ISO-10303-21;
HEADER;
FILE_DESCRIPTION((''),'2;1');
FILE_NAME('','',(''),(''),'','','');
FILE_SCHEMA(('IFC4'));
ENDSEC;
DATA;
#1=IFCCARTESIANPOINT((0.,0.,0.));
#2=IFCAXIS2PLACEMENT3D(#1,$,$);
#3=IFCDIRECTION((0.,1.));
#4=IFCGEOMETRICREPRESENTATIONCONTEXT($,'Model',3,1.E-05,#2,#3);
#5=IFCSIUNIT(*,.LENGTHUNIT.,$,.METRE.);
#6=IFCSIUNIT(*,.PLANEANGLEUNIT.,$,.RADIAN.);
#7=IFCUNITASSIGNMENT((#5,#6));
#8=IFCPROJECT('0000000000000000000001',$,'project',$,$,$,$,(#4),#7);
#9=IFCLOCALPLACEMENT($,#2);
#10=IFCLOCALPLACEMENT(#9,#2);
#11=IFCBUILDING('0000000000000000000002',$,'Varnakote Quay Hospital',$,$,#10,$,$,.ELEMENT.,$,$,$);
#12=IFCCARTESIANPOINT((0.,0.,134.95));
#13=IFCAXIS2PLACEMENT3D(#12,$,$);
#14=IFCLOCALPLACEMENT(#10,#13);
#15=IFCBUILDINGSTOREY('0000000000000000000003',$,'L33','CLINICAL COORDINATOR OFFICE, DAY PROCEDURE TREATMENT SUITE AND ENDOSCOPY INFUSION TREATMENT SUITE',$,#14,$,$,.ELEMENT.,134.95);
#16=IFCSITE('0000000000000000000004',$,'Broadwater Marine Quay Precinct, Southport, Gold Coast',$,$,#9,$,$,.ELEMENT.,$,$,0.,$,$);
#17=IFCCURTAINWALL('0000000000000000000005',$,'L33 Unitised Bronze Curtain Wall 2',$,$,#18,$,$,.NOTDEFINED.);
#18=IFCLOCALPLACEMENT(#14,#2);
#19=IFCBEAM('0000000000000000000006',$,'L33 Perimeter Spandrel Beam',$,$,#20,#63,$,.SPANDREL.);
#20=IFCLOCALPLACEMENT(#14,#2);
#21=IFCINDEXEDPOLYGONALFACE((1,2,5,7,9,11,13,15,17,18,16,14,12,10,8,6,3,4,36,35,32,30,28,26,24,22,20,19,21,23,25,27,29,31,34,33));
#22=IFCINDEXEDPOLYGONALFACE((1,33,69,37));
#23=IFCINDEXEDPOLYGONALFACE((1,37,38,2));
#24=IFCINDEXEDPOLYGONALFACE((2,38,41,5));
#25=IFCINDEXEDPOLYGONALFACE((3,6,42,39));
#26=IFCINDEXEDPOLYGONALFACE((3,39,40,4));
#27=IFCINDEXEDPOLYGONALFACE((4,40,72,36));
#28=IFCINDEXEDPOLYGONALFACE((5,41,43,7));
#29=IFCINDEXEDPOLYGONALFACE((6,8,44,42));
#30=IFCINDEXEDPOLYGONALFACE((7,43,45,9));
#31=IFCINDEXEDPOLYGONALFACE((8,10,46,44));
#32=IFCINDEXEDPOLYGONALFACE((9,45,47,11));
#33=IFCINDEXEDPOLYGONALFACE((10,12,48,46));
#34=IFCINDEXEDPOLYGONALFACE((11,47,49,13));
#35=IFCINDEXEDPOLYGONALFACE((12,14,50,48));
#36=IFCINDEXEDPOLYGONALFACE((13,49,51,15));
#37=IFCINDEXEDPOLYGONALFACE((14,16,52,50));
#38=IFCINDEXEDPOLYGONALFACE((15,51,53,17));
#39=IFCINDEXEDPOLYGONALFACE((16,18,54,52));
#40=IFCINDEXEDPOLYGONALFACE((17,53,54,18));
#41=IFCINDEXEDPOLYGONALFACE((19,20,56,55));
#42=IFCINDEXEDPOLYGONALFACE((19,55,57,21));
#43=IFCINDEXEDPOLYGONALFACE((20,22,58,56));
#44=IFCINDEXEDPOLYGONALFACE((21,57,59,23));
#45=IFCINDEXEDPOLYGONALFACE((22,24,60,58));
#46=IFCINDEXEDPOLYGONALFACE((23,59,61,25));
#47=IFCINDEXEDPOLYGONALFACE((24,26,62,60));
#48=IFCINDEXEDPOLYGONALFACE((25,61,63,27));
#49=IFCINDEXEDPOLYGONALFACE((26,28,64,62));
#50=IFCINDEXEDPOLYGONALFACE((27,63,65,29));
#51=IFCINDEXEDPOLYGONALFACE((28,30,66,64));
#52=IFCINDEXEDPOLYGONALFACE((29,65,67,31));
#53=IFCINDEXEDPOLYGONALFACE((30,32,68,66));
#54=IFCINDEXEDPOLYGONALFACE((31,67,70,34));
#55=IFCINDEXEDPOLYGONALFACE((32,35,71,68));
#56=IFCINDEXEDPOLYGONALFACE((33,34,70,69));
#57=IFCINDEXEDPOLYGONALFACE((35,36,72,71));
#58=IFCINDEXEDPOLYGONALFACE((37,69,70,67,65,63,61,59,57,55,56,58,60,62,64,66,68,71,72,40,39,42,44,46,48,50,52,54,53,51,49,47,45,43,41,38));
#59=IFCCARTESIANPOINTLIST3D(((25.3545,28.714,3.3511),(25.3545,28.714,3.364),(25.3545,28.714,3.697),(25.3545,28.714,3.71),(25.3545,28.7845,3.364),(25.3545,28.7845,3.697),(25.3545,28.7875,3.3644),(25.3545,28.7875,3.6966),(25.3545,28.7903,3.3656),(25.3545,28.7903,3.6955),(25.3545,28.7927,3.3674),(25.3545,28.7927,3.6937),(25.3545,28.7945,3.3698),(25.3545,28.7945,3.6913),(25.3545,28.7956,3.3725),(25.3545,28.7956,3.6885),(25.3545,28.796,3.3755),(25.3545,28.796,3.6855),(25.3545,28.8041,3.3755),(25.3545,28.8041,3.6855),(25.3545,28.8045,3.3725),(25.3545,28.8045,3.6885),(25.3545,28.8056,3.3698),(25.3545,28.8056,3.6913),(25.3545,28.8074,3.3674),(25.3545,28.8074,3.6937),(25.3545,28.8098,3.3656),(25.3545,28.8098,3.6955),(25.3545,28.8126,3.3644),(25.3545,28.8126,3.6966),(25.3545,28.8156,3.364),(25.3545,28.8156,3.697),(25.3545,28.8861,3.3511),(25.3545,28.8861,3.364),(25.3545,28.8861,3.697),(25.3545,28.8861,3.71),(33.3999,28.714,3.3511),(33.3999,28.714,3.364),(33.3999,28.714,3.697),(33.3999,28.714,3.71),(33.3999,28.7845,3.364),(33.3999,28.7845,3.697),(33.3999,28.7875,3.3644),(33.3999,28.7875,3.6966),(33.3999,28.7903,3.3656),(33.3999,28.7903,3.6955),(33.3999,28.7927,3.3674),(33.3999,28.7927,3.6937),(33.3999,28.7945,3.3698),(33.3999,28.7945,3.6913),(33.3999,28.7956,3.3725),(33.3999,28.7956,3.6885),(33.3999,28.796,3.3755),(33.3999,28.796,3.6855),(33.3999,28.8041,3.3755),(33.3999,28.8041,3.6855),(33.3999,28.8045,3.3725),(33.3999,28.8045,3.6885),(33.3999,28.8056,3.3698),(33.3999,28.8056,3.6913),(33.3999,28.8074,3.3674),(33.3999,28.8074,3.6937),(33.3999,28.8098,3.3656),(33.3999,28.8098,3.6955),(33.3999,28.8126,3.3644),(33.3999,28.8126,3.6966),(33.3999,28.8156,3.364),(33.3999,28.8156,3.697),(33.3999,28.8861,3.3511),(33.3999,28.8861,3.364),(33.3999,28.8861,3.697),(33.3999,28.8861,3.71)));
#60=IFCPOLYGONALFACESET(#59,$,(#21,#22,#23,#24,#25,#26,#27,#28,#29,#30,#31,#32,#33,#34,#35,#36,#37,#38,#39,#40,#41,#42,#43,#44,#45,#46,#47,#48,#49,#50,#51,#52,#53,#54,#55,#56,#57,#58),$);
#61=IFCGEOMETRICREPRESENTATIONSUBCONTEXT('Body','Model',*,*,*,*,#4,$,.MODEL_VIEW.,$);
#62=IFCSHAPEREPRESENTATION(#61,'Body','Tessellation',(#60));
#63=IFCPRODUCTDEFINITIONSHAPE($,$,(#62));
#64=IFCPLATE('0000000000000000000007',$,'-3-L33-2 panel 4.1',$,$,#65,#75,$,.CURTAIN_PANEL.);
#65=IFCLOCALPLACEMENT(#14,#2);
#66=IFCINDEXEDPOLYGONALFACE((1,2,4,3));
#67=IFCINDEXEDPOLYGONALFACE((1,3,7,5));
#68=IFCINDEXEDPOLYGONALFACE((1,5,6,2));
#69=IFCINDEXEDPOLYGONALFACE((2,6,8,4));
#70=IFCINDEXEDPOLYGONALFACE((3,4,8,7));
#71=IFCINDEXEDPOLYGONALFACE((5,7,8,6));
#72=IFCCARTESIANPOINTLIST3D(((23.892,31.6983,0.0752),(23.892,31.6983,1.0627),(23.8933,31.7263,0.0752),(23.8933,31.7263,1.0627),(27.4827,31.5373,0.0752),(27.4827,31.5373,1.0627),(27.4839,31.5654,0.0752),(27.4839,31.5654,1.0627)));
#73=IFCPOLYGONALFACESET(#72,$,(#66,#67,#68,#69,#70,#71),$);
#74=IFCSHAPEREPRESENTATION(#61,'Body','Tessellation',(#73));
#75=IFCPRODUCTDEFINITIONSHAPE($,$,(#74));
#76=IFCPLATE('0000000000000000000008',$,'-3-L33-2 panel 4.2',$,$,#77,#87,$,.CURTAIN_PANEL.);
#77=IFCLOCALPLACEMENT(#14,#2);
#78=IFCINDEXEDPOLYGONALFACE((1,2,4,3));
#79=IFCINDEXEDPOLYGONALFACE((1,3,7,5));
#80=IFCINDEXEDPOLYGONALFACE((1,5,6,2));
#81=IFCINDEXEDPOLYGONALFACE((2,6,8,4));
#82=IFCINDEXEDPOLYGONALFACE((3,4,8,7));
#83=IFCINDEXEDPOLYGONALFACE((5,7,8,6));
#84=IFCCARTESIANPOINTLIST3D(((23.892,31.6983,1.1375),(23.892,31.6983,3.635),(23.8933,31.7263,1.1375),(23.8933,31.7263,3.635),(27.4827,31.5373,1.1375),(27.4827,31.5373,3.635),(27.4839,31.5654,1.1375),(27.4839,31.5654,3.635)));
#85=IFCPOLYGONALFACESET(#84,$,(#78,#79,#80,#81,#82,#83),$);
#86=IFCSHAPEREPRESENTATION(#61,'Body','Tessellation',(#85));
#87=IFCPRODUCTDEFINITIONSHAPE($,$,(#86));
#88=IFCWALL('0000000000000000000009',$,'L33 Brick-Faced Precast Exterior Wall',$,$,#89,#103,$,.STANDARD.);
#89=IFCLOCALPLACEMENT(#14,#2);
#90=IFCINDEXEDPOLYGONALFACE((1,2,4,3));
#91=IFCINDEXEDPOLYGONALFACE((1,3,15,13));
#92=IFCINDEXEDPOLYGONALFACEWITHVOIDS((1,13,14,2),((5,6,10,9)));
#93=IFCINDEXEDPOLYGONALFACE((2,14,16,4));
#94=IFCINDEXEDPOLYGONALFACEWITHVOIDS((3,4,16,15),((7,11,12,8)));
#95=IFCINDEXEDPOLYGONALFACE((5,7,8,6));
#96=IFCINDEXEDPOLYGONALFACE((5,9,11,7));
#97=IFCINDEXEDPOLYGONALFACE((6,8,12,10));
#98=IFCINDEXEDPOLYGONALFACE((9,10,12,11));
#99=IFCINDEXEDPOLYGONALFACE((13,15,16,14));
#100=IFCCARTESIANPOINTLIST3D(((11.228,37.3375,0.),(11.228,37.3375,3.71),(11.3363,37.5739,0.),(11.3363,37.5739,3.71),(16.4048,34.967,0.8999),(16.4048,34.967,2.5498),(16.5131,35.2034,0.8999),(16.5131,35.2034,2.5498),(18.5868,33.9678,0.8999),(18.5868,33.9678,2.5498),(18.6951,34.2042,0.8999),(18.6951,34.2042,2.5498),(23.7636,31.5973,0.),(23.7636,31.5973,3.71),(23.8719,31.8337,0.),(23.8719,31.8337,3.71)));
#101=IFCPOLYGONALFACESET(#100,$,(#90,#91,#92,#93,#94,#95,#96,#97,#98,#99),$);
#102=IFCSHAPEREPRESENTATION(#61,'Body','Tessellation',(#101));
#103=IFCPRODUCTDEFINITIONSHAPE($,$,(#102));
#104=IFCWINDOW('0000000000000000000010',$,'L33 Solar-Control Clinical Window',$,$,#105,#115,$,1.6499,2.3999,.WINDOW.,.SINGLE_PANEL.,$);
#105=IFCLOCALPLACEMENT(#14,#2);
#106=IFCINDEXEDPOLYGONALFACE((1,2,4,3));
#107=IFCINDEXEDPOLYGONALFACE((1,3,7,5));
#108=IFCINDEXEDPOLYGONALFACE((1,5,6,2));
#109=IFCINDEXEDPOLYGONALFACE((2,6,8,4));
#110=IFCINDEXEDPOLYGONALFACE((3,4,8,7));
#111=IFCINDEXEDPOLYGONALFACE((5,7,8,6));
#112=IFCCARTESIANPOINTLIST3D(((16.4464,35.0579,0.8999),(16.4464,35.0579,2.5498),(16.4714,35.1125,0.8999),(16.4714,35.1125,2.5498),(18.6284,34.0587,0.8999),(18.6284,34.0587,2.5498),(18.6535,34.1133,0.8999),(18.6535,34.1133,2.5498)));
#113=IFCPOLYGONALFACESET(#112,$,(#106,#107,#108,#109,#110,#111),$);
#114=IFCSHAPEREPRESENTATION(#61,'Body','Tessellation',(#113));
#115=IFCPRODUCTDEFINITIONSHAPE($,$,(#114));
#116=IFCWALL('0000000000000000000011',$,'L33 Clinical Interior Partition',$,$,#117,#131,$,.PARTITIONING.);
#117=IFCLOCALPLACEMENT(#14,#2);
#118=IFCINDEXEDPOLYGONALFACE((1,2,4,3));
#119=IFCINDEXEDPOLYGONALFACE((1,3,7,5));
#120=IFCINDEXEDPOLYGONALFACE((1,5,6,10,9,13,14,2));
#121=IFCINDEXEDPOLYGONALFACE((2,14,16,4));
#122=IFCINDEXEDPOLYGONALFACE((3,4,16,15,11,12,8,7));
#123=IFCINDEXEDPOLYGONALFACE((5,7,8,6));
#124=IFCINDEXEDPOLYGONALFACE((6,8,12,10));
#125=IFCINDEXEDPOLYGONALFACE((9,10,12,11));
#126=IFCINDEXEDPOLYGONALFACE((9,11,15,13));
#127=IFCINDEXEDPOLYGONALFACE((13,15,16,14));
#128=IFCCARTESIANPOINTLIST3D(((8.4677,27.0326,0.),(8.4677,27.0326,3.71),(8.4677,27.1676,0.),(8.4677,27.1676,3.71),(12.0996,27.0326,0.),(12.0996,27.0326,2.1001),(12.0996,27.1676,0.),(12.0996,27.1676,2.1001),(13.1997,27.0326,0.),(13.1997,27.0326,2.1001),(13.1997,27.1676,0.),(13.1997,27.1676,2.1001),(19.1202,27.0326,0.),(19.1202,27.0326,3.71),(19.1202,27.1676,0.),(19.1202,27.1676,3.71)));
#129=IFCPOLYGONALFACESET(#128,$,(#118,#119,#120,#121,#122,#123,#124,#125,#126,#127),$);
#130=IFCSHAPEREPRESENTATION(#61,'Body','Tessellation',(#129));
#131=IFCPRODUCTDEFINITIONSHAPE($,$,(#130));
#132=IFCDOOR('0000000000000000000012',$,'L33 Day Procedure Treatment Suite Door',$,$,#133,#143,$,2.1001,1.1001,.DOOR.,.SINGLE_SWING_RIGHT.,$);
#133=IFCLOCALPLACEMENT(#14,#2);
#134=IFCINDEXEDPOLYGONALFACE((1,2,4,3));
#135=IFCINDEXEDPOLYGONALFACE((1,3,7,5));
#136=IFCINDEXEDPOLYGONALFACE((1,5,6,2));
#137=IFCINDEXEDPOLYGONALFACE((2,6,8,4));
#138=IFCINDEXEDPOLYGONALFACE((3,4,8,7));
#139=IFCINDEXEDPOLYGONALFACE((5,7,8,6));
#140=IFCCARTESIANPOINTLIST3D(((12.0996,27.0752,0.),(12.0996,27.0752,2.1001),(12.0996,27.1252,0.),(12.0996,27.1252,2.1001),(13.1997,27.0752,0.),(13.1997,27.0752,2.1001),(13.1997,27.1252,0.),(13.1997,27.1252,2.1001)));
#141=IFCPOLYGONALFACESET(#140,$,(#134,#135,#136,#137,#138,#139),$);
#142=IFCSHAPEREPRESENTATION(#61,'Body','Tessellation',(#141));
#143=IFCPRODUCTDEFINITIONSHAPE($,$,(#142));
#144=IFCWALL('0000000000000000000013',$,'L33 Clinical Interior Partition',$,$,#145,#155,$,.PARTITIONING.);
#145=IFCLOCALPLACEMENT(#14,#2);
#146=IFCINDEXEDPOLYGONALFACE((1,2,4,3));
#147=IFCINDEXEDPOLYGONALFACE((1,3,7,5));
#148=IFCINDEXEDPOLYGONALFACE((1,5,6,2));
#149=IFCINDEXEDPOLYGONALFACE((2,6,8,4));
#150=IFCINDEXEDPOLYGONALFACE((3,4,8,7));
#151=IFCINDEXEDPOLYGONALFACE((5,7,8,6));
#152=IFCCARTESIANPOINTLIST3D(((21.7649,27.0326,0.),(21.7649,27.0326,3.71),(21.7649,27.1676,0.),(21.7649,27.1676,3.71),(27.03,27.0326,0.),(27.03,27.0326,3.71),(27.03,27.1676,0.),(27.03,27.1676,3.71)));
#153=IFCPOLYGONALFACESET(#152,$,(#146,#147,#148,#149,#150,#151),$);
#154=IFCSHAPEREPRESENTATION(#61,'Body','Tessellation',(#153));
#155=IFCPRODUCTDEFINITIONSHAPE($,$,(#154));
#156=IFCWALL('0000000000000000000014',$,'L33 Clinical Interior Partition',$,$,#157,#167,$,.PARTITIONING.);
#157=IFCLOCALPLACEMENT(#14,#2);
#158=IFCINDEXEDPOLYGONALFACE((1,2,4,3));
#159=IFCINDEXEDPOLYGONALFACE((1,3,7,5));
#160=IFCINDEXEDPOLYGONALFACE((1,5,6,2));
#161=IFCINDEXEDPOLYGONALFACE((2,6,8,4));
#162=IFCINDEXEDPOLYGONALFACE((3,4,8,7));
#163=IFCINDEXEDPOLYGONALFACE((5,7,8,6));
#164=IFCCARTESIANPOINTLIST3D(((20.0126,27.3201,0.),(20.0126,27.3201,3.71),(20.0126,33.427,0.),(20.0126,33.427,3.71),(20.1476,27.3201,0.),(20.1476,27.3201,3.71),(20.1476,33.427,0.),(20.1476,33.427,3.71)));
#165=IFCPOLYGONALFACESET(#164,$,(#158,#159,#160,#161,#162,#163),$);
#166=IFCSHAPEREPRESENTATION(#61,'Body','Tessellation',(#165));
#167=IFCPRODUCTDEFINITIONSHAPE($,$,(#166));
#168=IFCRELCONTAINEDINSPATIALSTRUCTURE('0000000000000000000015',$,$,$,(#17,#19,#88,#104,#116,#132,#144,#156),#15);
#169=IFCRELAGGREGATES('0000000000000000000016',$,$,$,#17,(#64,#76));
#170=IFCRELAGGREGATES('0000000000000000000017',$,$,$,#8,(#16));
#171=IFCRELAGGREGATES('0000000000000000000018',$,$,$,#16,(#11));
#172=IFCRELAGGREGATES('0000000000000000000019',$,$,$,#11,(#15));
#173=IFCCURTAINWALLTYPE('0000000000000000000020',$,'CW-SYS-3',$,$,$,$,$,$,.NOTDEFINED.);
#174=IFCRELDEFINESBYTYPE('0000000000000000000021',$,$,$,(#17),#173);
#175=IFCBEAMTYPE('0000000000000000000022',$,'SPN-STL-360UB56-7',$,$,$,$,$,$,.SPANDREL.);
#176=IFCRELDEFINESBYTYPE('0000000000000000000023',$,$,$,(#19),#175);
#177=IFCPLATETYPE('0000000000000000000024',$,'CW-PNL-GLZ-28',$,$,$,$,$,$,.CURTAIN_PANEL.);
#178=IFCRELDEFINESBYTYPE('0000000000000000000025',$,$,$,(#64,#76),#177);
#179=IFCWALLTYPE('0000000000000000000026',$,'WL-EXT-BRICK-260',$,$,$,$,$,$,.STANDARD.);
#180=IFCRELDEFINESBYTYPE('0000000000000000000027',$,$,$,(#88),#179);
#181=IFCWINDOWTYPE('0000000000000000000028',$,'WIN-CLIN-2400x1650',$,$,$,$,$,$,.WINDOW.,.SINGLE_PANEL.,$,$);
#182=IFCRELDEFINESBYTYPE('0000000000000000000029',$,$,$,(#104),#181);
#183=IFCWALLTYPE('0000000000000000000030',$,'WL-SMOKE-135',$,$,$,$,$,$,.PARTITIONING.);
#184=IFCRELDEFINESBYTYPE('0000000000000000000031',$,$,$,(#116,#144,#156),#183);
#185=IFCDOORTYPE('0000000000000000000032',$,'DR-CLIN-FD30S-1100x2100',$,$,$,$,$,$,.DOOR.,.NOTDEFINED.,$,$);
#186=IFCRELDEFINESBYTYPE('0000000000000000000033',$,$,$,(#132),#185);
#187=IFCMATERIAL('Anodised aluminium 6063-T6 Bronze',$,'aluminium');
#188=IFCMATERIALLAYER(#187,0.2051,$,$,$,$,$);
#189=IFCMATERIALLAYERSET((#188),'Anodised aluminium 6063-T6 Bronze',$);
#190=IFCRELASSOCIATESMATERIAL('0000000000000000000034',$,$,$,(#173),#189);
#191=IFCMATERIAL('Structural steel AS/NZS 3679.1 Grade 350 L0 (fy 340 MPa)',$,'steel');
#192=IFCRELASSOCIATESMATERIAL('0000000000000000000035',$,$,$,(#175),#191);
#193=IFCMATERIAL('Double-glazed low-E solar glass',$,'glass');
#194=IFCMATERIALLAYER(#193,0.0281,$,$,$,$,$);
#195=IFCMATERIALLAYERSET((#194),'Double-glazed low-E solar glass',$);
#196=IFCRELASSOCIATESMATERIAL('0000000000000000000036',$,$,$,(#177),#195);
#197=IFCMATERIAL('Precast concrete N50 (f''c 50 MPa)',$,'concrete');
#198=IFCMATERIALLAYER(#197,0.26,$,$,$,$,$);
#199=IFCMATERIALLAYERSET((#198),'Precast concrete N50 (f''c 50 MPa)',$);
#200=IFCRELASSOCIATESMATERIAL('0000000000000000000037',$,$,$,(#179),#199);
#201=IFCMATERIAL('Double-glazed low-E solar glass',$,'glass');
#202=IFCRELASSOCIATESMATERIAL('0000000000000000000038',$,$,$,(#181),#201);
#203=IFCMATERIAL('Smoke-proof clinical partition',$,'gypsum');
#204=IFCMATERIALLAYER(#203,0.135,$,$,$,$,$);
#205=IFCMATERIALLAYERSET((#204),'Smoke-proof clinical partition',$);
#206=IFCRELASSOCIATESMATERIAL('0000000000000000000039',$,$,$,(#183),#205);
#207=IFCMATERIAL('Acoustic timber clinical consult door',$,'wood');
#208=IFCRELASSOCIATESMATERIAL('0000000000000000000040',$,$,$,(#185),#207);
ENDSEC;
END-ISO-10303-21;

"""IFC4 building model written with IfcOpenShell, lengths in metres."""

from ifc_helpers import new_model, si_unit, direction, frame, frame_2d, origin, origin_2d, place, context, subcontext, project, spatial, rectangle, i_section, extrude, material, layer, layer_set, material_profile, profile_set, type_object, element, fill, aggregate, save


model = new_model("IFC4")

# Units and contexts
model_context = context("Model", 3, precision=1e-05, world=origin(), true_north=direction((0.0, 1.0)))
body_context = subcontext(model_context, "Body", "Model", "MODEL_VIEW")
ifc_project = project(units=[si_unit("LENGTHUNIT", "METRE"), si_unit("PLANEANGLEUNIT", "RADIAN")], contexts=[model_context])

# Site, building, storey
site_placement = place(None, origin())
site = spatial("IfcSite", under=ifc_project, at=site_placement, Name="Broadwater Marine Quay Precinct, Southport, Gold Coast", CompositionType="ELEMENT", RefElevation=0.0)
building_placement = place(site_placement, origin())
building = spatial("IfcBuilding", under=site, at=building_placement, Name="Varnakote Quay Hospital", CompositionType="ELEMENT")
storey_placement = place(building_placement, frame((0.0, 0.0, 134.95)))
storey = spatial("IfcBuildingStorey", under=building, at=storey_placement, Name="L33", Description="CLINICAL COORDINATOR OFFICE, DAY PROCEDURE TREATMENT SUITE AND ENDOSCOPY INFUSION TREATMENT SUITE", CompositionType="ELEMENT", Elevation=134.95)

# Curtain wall
ifc_material_1 = material(Name="Anodised aluminium 6063-T6 Bronze", Category="aluminium")
ifc_layer_1 = layer(ifc_material_1, 0.2051)
ifc_layer_set_1 = layer_set([ifc_layer_1], Name="Anodised aluminium 6063-T6 Bronze")
curtain_wall_type = type_object("IfcCurtainWallType", Name="CW-SYS-3", PredefinedType="NOTDEFINED", material=ifc_layer_set_1)
curtain_wall_placement = place(storey_placement, origin())
curtain_wall = element("IfcCurtainWall", 1, at=curtain_wall_placement, inside=storey, type_object=curtain_wall_type, Name="L33 Unitised Bronze Curtain Wall 2", PredefinedType="NOTDEFINED")

# Beam
ifc_material_2 = material(Name="Structural steel AS/NZS 3679.1 Grade 350 L0 (fy 340 MPa)", Category="steel")
ifc_material_profile_1 = material_profile(ifc_material_2, i_section(OverallWidth=0.1721, OverallDepth=0.3589, WebThickness=0.0081, FlangeThickness=0.0129, FilletRadius=0.0115, at=origin_2d()), Name="360UB56.7")
ifc_profile_set_1 = profile_set([ifc_material_profile_1], Name="Structural steel AS/NZS 3679.1 Grade 350 L0 (fy 340 MPa)")
beam_type_1 = type_object("IfcBeamType", Name="SPN-STL-360UB56-7", PredefinedType="SPANDREL", material=ifc_profile_set_1)
beam_1_placement = place(storey_placement, frame((25.3545, 28.8, 3.5305), z_axis=(1.0, 0.0, 0.0), x_axis=(0.0, 1.0, 0.0)))
element("IfcBeam", 2, at=beam_1_placement, inside=storey, type_object=beam_type_1, Name="L33 Perimeter Spandrel Beam", PredefinedType="SPANDREL", context=body_context, shape_type="SweptSolid", body=[
    extrude(i_section(OverallWidth=0.1721, OverallDepth=0.3589, WebThickness=0.0081, FlangeThickness=0.0129, FilletRadius=0.0115, at=origin_2d()), origin(), (0.0, 0.0, 1.0), 8.0454),
])

# Plates
ifc_material_3 = material(Name="Double-glazed low-E solar glass", Category="glass")
ifc_layer_2 = layer(ifc_material_3, 0.0281)
ifc_layer_set_2 = layer_set([ifc_layer_2], Name="Double-glazed low-E solar glass")
plate_type = type_object("IfcPlateType", Name="CW-PNL-GLZ-28", PredefinedType="CURTAIN_PANEL", material=ifc_layer_set_2)
plate_1_placement = place(storey_placement, frame((25.688, 31.6318, 0.0752), z_axis=(0.0, 0.0, 1.0), x_axis=(-0.998997, 0.044782, 0.0)))
plate_1 = element("IfcPlate", 3, at=plate_1_placement, type_object=plate_type, Name="-3-L33-2 panel 4.1", PredefinedType="CURTAIN_PANEL", context=body_context, shape_type="SweptSolid", body=[
    extrude(rectangle(XDim=3.5942, YDim=0.0281, at=origin_2d()), origin(), (0.0, 0.0, 1.0), 0.9875),
])
plate_2_placement = place(storey_placement, frame((25.688, 31.6318, 1.1375), z_axis=(0.0, 0.0, 1.0), x_axis=(-0.998997, 0.044782, 0.0)))
plate_2 = element("IfcPlate", 4, at=plate_2_placement, type_object=plate_type, Name="-3-L33-2 panel 4.2", PredefinedType="CURTAIN_PANEL", context=body_context, shape_type="SweptSolid", body=[
    extrude(rectangle(XDim=3.5942, YDim=0.0281, at=origin_2d()), origin(), (0.0, 0.0, 1.0), 2.4976),
])
aggregate(curtain_wall, [plate_1, plate_2])

# Wall, opening, window
ifc_material_4 = material(Name="Precast concrete N50 (f'c 50 MPa)", Category="concrete")
ifc_layer_3 = layer(ifc_material_4, 0.26)
ifc_layer_set_3 = layer_set([ifc_layer_3], Name="Precast concrete N50 (f'c 50 MPa)")
wall_type_1 = type_object("IfcWallType", Name="WL-EXT-BRICK-260", PredefinedType="STANDARD", material=ifc_layer_set_3)
wall_1_placement = place(storey_placement, frame((23.8176, 31.7156, 0.0), z_axis=(0.0, 0.0, 1.0), x_axis=(-0.90921, 0.416339, 0.0)))
wall_1 = element("IfcWall", 5, at=wall_1_placement, inside=storey, type_object=wall_type_1, Name="L33 Brick-Faced Precast Exterior Wall", PredefinedType="STANDARD", context=body_context, shape_type="SweptSolid", body=[
    extrude(rectangle(XDim=13.7874, YDim=0.26, at=frame_2d((6.8936, 0.0))), origin(), (0.0, 0.0, 1.0), 3.71),
])
opening_1_placement = place(wall_1_placement, frame((5.6936, 0.0, 0.8999)))
opening_1 = element("IfcOpeningElement", 6, at=opening_1_placement, cuts=wall_1, PredefinedType="OPENING", context=body_context, shape_type="SweptSolid", body=[
    extrude(rectangle(XDim=2.3999, YDim=1.6499, at=frame_2d((1.2, 0.825))), frame((0.0, 0.1399, 0.0), z_axis=(0.0, -1.0, 0.0), x_axis=(1.0, 0.0, 0.0)), (0.0, 0.0, 1.0), 0.28),
])
ifc_material_5 = material(Name="Double-glazed low-E solar glass", Category="glass")
window_type = type_object("IfcWindowType", Name="WIN-CLIN-2400x1650", PartitioningType="SINGLE_PANEL", PredefinedType="WINDOW", material=ifc_material_5)
window_placement = place(opening_1_placement, origin())
window = element("IfcWindow", 7, at=window_placement, inside=storey, type_object=window_type, Name="L33 Solar-Control Clinical Window", OverallHeight=1.6499, OverallWidth=2.3999, PartitioningType="SINGLE_PANEL", PredefinedType="WINDOW", context=body_context, shape_type="SweptSolid", body=[
    extrude(rectangle(XDim=2.3999, YDim=1.6499, at=frame_2d((1.2, 0.825))), frame((0.0, 0.03, 0.0), z_axis=(0.0, -1.0, 0.0), x_axis=(1.0, 0.0, 0.0)), (0.0, 0.0, 1.0), 0.0601),
])
fill(opening_1, window)

# Wall, opening, door
ifc_material_6 = material(Name="Smoke-proof clinical partition", Category="gypsum")
ifc_layer_4 = layer(ifc_material_6, 0.135)
ifc_layer_set_4 = layer_set([ifc_layer_4], Name="Smoke-proof clinical partition")
wall_type_2 = type_object("IfcWallType", Name="WL-SMOKE-135", PredefinedType="PARTITIONING", material=ifc_layer_set_4)
wall_2_placement = place(storey_placement, frame((19.1201, 27.1001, 0.0), z_axis=(0.0, 0.0, 1.0), x_axis=(-1.0, 0.0, 0.0)))
wall_2 = element("IfcWall", 8, at=wall_2_placement, inside=storey, type_object=wall_type_2, Name="L33 Clinical Interior Partition", PredefinedType="PARTITIONING", context=body_context, shape_type="SweptSolid", body=[
    extrude(rectangle(XDim=10.6526, YDim=0.135, at=frame_2d((5.3262, 0.0))), origin(), (0.0, 0.0, 1.0), 3.71),
])
opening_2_placement = place(wall_2_placement, frame((5.9204, 0.0, 0.0)))
opening_2 = element("IfcOpeningElement", 9, at=opening_2_placement, cuts=wall_2, PredefinedType="OPENING", context=body_context, shape_type="SweptSolid", body=[
    extrude(rectangle(XDim=1.1001, YDim=2.1001, at=frame_2d((0.55, 1.05))), frame((0.0, 0.0774, 0.0), z_axis=(0.0, -1.0, 0.0), x_axis=(1.0, 0.0, 0.0)), (0.0, 0.0, 1.0), 0.155),
])
ifc_material_7 = material(Name="Acoustic timber clinical consult door", Category="wood")
door_type = type_object("IfcDoorType", Name="DR-CLIN-FD30S-1100x2100", OperationType="NOTDEFINED", PredefinedType="DOOR", material=ifc_material_7)
door_1_placement = place(opening_2_placement, origin())
door_1 = element("IfcDoor", 10, at=door_1_placement, inside=storey, type_object=door_type, Name="L33 Day Procedure Treatment Suite Door", OperationType="SINGLE_SWING_RIGHT", OverallHeight=2.1001, OverallWidth=1.1001, PredefinedType="DOOR", context=body_context, shape_type="SweptSolid", body=[
    extrude(rectangle(XDim=1.1001, YDim=2.1001, at=frame_2d((0.55, 1.05))), frame((0.0, 0.0249, 0.0), z_axis=(0.0, -1.0, 0.0), x_axis=(1.0, 0.0, 0.0)), (0.0, 0.0, 1.0), 0.05),
])
fill(opening_2, door_1)

# Walls
wall_3_placement = place(storey_placement, frame((27.03, 27.1001, 0.0), z_axis=(0.0, 0.0, 1.0), x_axis=(-1.0, 0.0, 0.0)))
element("IfcWall", 11, at=wall_3_placement, inside=storey, type_object=wall_type_2, Name="L33 Clinical Interior Partition", PredefinedType="PARTITIONING", context=body_context, shape_type="SweptSolid", body=[
    extrude(rectangle(XDim=5.2651, YDim=0.135, at=frame_2d((2.6326, 0.0))), origin(), (0.0, 0.0, 1.0), 3.71),
])
wall_4_placement = place(storey_placement, frame((20.0801, 27.3201, 0.0), z_axis=(0.0, 0.0, 1.0), x_axis=(0.0, 1.0, 0.0)))
element("IfcWall", 12, at=wall_4_placement, inside=storey, type_object=wall_type_2, Name="L33 Clinical Interior Partition", PredefinedType="PARTITIONING", context=body_context, shape_type="SweptSolid", body=[
    extrude(rectangle(XDim=6.1069, YDim=0.135, at=frame_2d((3.0535, 0.0))), origin(), (0.0, 0.0, 1.0), 3.71),
])

save(model, "model.ifc")
